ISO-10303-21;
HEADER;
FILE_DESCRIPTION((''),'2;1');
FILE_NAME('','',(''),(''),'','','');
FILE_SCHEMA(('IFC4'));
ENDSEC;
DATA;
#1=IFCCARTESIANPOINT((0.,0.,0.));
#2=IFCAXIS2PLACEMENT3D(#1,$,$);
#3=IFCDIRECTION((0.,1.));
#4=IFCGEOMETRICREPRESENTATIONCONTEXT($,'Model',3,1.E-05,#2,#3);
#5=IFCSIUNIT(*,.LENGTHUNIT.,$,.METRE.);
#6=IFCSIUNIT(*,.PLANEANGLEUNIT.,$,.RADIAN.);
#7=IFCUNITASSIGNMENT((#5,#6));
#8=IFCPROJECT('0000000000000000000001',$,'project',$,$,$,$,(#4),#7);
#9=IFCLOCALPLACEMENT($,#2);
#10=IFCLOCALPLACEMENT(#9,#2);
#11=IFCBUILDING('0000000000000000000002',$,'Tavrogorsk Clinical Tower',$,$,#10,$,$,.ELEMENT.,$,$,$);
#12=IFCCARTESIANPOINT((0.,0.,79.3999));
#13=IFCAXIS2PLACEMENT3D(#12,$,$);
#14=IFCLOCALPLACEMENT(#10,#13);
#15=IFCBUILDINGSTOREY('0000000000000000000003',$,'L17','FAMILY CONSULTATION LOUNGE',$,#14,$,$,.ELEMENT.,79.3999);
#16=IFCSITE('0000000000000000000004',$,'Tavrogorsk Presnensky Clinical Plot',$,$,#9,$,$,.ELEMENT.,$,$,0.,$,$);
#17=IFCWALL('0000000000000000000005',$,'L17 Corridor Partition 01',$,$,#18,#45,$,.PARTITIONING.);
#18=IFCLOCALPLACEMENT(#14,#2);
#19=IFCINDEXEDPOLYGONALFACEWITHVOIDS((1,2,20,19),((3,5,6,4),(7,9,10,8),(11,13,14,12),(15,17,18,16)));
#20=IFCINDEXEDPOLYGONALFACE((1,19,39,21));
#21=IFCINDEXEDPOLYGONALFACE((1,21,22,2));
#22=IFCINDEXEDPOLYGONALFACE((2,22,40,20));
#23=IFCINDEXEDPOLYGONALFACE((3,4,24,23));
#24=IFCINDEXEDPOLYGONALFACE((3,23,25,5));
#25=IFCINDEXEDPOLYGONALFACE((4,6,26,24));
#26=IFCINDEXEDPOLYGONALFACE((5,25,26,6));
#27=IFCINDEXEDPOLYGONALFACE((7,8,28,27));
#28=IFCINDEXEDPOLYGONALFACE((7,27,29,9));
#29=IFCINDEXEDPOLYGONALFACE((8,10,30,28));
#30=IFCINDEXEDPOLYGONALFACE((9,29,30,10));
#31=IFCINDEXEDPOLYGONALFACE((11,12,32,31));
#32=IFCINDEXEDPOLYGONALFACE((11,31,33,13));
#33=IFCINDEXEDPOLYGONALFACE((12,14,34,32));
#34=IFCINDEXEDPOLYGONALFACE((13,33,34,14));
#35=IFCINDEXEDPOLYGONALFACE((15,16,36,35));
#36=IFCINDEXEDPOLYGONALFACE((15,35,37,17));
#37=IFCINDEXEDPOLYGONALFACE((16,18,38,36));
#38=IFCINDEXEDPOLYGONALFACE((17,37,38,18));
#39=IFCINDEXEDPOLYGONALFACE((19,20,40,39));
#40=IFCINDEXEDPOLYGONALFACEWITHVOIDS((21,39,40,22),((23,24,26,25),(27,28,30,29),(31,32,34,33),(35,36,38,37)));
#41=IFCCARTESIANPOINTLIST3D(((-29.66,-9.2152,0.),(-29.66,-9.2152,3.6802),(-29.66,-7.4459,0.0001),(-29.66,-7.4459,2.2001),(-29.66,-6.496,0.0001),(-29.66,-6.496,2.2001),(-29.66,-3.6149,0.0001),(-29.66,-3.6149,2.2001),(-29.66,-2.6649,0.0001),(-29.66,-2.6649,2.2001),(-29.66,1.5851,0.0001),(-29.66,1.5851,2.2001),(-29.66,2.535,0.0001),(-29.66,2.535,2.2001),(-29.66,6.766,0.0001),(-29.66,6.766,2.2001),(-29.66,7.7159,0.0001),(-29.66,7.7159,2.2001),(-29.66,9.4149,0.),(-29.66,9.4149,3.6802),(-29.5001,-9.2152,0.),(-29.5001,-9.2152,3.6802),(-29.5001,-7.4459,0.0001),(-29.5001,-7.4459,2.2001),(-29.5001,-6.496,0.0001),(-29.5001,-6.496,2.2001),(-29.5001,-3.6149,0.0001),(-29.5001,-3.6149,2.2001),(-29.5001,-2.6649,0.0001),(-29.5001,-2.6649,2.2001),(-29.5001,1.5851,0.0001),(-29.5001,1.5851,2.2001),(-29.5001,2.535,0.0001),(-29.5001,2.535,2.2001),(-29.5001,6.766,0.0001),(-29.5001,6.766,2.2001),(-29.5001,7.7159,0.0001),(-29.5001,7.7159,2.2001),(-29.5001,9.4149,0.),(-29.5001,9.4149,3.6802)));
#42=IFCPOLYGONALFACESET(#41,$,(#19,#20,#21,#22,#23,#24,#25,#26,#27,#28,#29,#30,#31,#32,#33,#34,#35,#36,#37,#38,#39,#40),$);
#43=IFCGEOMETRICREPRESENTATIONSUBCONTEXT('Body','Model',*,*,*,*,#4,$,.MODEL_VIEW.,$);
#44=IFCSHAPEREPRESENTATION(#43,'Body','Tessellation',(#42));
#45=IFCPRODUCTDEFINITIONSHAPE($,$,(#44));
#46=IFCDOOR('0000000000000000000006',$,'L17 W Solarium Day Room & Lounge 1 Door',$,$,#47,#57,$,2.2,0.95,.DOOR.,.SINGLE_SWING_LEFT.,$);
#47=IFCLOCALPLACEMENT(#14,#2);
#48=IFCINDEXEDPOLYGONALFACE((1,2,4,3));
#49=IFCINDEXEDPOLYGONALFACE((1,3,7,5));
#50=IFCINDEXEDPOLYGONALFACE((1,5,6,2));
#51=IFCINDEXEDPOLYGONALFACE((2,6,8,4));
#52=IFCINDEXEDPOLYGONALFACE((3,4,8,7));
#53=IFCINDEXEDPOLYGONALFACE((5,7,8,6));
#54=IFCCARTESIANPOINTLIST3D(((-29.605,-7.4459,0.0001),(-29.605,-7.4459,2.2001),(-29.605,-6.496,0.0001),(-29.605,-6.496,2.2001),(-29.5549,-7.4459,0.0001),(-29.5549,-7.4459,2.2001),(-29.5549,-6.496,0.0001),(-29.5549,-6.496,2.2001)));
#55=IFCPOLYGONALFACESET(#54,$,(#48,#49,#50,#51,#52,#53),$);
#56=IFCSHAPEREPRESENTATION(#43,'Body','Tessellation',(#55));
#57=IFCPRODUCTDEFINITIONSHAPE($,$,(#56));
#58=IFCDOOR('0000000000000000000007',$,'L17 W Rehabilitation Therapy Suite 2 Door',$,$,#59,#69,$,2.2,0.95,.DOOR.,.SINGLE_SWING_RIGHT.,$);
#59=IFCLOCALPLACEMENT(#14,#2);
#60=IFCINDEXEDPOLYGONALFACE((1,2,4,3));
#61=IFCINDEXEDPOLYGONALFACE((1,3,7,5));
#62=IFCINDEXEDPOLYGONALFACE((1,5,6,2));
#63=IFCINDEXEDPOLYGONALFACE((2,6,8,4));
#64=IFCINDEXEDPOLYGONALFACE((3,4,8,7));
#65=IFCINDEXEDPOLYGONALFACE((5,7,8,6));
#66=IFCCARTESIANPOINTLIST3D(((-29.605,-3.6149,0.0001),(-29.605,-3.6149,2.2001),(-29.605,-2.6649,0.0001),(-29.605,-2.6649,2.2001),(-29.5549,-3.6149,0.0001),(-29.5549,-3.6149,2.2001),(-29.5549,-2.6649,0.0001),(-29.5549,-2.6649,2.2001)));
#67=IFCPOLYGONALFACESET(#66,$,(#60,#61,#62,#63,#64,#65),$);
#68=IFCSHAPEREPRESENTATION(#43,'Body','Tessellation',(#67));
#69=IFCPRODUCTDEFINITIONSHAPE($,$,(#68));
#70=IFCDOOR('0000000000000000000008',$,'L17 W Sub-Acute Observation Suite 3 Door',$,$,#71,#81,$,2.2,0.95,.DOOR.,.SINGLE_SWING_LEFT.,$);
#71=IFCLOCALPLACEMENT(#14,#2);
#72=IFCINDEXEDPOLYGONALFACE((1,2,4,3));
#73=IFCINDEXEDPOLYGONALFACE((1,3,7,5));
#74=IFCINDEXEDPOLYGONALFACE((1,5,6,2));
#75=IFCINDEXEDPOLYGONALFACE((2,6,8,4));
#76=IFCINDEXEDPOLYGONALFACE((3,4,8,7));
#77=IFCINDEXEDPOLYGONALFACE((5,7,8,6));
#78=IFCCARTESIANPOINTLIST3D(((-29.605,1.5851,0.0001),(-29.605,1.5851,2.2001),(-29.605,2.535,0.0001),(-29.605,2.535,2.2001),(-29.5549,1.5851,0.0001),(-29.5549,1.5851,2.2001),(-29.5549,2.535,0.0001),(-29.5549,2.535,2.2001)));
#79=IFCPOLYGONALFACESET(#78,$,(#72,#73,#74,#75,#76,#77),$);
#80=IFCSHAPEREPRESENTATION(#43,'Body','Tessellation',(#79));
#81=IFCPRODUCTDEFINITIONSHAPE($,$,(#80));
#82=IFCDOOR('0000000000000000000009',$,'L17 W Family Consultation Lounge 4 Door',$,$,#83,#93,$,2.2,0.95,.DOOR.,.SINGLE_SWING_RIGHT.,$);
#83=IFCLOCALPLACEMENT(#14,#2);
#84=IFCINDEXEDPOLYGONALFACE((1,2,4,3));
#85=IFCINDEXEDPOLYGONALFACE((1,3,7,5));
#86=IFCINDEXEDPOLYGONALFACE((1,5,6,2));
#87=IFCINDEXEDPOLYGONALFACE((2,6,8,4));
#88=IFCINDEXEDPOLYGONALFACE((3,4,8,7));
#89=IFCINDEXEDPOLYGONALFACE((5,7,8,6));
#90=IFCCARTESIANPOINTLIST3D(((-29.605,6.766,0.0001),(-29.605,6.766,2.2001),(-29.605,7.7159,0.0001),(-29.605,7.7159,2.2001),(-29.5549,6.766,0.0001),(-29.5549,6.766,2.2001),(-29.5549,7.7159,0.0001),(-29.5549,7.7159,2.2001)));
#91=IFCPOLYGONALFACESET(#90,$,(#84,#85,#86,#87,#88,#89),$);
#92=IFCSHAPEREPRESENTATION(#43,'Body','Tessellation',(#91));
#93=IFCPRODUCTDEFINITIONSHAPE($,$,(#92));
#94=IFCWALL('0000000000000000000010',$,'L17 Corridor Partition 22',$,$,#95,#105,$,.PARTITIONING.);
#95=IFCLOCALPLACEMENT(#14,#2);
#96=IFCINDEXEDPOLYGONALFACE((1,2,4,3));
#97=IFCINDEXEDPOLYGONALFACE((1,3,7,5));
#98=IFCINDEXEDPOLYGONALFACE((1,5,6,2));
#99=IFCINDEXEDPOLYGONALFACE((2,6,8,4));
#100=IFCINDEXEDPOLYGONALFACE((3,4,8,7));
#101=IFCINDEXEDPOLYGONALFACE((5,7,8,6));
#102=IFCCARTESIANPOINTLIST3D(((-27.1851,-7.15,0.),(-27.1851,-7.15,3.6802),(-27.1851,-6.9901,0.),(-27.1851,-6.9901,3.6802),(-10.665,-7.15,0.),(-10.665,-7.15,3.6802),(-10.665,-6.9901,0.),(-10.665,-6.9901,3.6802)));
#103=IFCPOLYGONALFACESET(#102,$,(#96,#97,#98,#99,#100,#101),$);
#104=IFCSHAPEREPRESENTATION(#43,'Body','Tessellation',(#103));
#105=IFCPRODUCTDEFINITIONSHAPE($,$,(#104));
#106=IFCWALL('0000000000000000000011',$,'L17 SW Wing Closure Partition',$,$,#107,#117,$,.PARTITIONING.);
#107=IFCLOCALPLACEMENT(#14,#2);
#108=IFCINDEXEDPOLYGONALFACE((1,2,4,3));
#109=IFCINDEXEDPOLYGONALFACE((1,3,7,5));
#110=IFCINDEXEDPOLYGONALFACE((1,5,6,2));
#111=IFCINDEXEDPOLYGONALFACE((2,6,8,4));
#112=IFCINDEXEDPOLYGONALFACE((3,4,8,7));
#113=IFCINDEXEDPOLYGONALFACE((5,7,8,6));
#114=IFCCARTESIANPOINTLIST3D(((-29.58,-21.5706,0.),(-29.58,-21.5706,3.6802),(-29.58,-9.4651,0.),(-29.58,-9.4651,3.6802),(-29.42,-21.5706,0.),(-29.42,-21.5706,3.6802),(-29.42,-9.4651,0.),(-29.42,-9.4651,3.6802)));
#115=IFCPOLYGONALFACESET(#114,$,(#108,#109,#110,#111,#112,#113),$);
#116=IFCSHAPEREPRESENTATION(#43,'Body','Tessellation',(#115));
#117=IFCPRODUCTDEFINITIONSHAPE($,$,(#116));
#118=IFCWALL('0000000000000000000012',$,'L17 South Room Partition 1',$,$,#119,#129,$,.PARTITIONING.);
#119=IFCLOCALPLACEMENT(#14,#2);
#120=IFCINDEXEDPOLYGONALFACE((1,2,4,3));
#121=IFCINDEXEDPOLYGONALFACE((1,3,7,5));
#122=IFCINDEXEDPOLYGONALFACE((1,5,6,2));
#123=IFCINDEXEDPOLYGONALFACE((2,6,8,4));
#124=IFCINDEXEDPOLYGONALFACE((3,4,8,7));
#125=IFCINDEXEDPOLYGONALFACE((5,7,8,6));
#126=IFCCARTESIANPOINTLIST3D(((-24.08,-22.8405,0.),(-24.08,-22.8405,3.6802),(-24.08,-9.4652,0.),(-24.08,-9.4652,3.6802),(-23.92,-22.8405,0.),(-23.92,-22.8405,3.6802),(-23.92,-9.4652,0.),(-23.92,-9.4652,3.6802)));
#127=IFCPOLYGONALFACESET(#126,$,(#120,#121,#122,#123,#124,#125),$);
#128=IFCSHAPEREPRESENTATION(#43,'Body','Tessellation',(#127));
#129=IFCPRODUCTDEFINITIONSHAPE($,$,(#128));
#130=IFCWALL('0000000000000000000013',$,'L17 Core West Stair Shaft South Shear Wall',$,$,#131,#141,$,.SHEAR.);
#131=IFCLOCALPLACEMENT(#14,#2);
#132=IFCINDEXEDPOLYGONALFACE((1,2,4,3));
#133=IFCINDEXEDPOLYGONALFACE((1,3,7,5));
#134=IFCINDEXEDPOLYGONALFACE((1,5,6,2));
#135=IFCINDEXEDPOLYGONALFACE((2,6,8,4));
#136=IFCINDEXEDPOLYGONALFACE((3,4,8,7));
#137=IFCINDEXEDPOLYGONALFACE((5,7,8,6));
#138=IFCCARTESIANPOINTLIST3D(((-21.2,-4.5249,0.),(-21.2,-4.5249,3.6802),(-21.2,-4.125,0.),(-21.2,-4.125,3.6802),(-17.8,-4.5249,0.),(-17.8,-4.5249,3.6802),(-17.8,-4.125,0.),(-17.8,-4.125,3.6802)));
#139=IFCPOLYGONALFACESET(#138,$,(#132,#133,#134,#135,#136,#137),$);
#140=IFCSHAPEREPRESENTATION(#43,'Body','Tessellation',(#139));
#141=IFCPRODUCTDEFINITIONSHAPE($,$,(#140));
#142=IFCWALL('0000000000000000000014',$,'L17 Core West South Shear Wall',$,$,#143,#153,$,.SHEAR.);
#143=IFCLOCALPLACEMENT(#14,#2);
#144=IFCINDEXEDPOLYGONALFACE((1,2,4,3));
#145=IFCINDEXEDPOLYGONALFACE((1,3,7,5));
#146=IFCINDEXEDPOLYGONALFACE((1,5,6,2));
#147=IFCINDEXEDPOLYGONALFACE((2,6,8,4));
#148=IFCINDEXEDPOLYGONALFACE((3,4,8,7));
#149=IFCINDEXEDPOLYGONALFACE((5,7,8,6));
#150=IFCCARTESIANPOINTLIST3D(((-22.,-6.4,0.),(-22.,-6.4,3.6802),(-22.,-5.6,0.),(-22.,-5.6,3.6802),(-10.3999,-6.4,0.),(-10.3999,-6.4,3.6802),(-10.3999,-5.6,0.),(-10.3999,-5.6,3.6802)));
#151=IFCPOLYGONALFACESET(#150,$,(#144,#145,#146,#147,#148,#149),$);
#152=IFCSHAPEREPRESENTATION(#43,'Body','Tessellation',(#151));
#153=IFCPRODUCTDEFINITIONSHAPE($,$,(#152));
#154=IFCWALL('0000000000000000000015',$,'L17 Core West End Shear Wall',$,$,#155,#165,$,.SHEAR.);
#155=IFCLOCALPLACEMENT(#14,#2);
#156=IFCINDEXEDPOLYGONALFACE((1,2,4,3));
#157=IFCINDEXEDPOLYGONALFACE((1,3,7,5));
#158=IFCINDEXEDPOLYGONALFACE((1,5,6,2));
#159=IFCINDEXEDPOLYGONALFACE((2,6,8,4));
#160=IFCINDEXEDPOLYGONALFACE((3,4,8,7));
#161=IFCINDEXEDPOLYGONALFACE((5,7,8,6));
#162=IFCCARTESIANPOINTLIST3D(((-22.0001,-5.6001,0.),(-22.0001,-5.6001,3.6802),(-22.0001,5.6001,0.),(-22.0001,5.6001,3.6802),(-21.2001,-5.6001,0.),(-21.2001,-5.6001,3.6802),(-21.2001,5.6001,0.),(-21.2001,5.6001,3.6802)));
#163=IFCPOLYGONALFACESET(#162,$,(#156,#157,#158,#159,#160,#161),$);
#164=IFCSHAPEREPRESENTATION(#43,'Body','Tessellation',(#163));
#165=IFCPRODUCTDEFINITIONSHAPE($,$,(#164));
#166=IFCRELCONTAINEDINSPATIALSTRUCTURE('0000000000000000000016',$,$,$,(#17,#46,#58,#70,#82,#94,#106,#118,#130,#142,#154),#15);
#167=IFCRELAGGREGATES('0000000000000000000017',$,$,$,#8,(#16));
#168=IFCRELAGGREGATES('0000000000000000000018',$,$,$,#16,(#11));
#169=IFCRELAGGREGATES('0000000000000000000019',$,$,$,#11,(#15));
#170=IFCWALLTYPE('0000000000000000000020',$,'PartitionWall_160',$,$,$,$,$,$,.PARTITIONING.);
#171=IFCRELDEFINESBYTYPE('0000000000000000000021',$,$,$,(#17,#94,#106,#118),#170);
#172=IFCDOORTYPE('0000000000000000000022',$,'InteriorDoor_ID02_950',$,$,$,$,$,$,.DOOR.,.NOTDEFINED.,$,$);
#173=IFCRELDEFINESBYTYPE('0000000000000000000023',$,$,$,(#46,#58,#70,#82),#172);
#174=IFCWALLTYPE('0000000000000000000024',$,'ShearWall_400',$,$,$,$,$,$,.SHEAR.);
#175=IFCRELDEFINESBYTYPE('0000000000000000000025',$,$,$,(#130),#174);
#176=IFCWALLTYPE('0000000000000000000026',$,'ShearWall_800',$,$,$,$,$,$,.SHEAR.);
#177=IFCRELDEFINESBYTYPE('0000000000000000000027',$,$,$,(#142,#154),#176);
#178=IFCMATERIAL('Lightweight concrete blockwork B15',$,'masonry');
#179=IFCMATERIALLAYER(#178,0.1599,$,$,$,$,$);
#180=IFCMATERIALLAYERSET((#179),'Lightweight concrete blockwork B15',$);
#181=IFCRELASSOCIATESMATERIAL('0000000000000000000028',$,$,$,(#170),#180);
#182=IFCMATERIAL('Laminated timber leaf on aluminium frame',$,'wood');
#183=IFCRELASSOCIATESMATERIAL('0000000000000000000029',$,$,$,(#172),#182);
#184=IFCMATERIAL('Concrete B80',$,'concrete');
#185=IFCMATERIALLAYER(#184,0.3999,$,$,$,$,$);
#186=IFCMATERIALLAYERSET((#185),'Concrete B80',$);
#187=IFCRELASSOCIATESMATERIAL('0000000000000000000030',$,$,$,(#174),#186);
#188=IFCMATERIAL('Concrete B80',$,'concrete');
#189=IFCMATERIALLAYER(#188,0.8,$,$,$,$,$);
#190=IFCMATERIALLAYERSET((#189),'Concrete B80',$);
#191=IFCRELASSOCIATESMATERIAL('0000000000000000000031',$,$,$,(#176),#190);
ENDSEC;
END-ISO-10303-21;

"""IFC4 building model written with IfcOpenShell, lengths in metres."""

from ifc_helpers import new_model, si_unit, direction, frame, frame_2d, origin, place, context, subcontext, project, spatial, rectangle, extrude, material, layer, layer_set, type_object, element, fill, save


model = new_model("IFC4")

# Units and contexts
model_context = context("Model", 3, precision=1e-05, world=origin(), true_north=direction((0.0, 1.0)))
body_context = subcontext(model_context, "Body", "Model", "MODEL_VIEW")
ifc_project = project(units=[si_unit("LENGTHUNIT", "METRE"), si_unit("PLANEANGLEUNIT", "RADIAN")], contexts=[model_context])

# Site, building, storey
site_placement = place(None, origin())
site = spatial("IfcSite", under=ifc_project, at=site_placement, Name="Tavrogorsk Presnensky Clinical Plot", CompositionType="ELEMENT", RefElevation=0.0)
building_placement = place(site_placement, origin())
building = spatial("IfcBuilding", under=site, at=building_placement, Name="Tavrogorsk Clinical Tower", CompositionType="ELEMENT")
storey_placement = place(building_placement, frame((0.0, 0.0, 79.3999)))
storey = spatial("IfcBuildingStorey", under=building, at=storey_placement, Name="L17", Description="FAMILY CONSULTATION LOUNGE", CompositionType="ELEMENT", Elevation=79.3999)

# Wall, openings, doors
ifc_material_1 = material(Name="Lightweight concrete blockwork B15", Category="masonry")
ifc_layer_1 = layer(ifc_material_1, 0.1599)
ifc_layer_set_1 = layer_set([ifc_layer_1], Name="Lightweight concrete blockwork B15")
wall_type_1 = type_object("IfcWallType", Name="PartitionWall_160", PredefinedType="PARTITIONING", material=ifc_layer_set_1)
wall_1_placement = place(storey_placement, frame((-29.5801, -9.2151, 0.0), z_axis=(0.0, 0.0, 1.0), x_axis=(0.0, 1.0, 0.0)))
wall_1 = element("IfcWall", 1, at=wall_1_placement, inside=storey, type_object=wall_type_1, Name="L17 Corridor Partition 01", PredefinedType="PARTITIONING", context=body_context, shape_type="SweptSolid", body=[
    extrude(rectangle(XDim=18.6301, YDim=0.1599, at=frame_2d((9.3149, 0.0))), origin(), (0.0, 0.0, 1.0), 3.6802),
])
opening_1_placement = place(wall_1_placement, frame((1.769, 0.0, 0.0)))
opening_1 = element("IfcOpeningElement", 2, at=opening_1_placement, cuts=wall_1, PredefinedType="OPENING", context=body_context, shape_type="SweptSolid", body=[
    extrude(rectangle(XDim=0.95, YDim=2.2, at=frame_2d((0.4751, 1.1001))), frame((0.0, 0.0898, 0.0), z_axis=(0.0, -1.0, 0.0), x_axis=(1.0, 0.0, 0.0)), (0.0, 0.0, 1.0), 0.1799),
])
opening_2_placement = place(wall_1_placement, frame((5.6001, 0.0, 0.0)))
opening_2 = element("IfcOpeningElement", 3, at=opening_2_placement, cuts=wall_1, PredefinedType="OPENING", context=body_context, shape_type="SweptSolid", body=[
    extrude(rectangle(XDim=0.95, YDim=2.2, at=frame_2d((0.4751, 1.1001))), frame((0.0, 0.0898, 0.0), z_axis=(0.0, -1.0, 0.0), x_axis=(1.0, 0.0, 0.0)), (0.0, 0.0, 1.0), 0.1799),
])
opening_3_placement = place(wall_1_placement, frame((10.8, 0.0, 0.0)))
opening_3 = element("IfcOpeningElement", 4, at=opening_3_placement, cuts=wall_1, PredefinedType="OPENING", context=body_context, shape_type="SweptSolid", body=[
    extrude(rectangle(XDim=0.95, YDim=2.2, at=frame_2d((0.4751, 1.1001))), frame((0.0, 0.0898, 0.0), z_axis=(0.0, -1.0, 0.0), x_axis=(1.0, 0.0, 0.0)), (0.0, 0.0, 1.0), 0.1799),
])
opening_4_placement = place(wall_1_placement, frame((15.981, 0.0, 0.0)))
opening_4 = element("IfcOpeningElement", 5, at=opening_4_placement, cuts=wall_1, PredefinedType="OPENING", context=body_context, shape_type="SweptSolid", body=[
    extrude(rectangle(XDim=0.95, YDim=2.2, at=frame_2d((0.4751, 1.1001))), frame((0.0, 0.0898, 0.0), z_axis=(0.0, -1.0, 0.0), x_axis=(1.0, 0.0, 0.0)), (0.0, 0.0, 1.0), 0.1799),
])
ifc_material_2 = material(Name="Laminated timber leaf on aluminium frame", Category="wood")
door_type = type_object("IfcDoorType", Name="InteriorDoor_ID02_950", OperationType="NOTDEFINED", PredefinedType="DOOR", material=ifc_material_2)
door_1_placement = place(opening_1_placement, origin())
door_1 = element("IfcDoor", 6, at=door_1_placement, inside=storey, type_object=door_type, Name="L17 W Solarium Day Room & Lounge 1 Door", OperationType="SINGLE_SWING_LEFT", OverallHeight=2.2, OverallWidth=0.95, PredefinedType="DOOR", context=body_context, shape_type="SweptSolid", body=[
    extrude(rectangle(XDim=0.95, YDim=2.2, at=frame_2d((0.4751, 1.1001))), frame((0.0, 0.0249, 0.0), z_axis=(0.0, -1.0, 0.0), x_axis=(1.0, 0.0, 0.0)), (0.0, 0.0, 1.0), 0.05),
])
fill(opening_1, door_1)
door_2_placement = place(opening_2_placement, origin())
door_2 = element("IfcDoor", 7, at=door_2_placement, inside=storey, type_object=door_type, Name="L17 W Rehabilitation Therapy Suite 2 Door", OperationType="SINGLE_SWING_RIGHT", OverallHeight=2.2, OverallWidth=0.95, PredefinedType="DOOR", context=body_context, shape_type="SweptSolid", body=[
    extrude(rectangle(XDim=0.95, YDim=2.2, at=frame_2d((0.4751, 1.1001))), frame((0.0, 0.0249, 0.0), z_axis=(0.0, -1.0, 0.0), x_axis=(1.0, 0.0, 0.0)), (0.0, 0.0, 1.0), 0.05),
])
fill(opening_2, door_2)
door_3_placement = place(opening_3_placement, origin())
door_3 = element("IfcDoor", 8, at=door_3_placement, inside=storey, type_object=door_type, Name="L17 W Sub-Acute Observation Suite 3 Door", OperationType="SINGLE_SWING_LEFT", OverallHeight=2.2, OverallWidth=0.95, PredefinedType="DOOR", context=body_context, shape_type="SweptSolid", body=[
    extrude(rectangle(XDim=0.95, YDim=2.2, at=frame_2d((0.4751, 1.1001))), frame((0.0, 0.0249, 0.0), z_axis=(0.0, -1.0, 0.0), x_axis=(1.0, 0.0, 0.0)), (0.0, 0.0, 1.0), 0.05),
])
fill(opening_3, door_3)
door_4_placement = place(opening_4_placement, origin())
door_4 = element("IfcDoor", 9, at=door_4_placement, inside=storey, type_object=door_type, Name="L17 W Family Consultation Lounge 4 Door", OperationType="SINGLE_SWING_RIGHT", OverallHeight=2.2, OverallWidth=0.95, PredefinedType="DOOR", context=body_context, shape_type="SweptSolid", body=[
    extrude(rectangle(XDim=0.95, YDim=2.2, at=frame_2d((0.4751, 1.1001))), frame((0.0, 0.0249, 0.0), z_axis=(0.0, -1.0, 0.0), x_axis=(1.0, 0.0, 0.0)), (0.0, 0.0, 1.0), 0.05),
])
fill(opening_4, door_4)

# Walls
wall_2_placement = place(storey_placement, frame((-27.1851, -7.0701, 0.0), z_axis=(0.0, 0.0, 1.0), x_axis=(1.0, 0.0, 0.0)))
element("IfcWall", 10, at=wall_2_placement, inside=storey, type_object=wall_type_1, Name="L17 Corridor Partition 22", PredefinedType="PARTITIONING", context=body_context, shape_type="SweptSolid", body=[
    extrude(rectangle(XDim=16.52, YDim=0.1599, at=frame_2d((8.26, 0.0))), origin(), (0.0, 0.0, 1.0), 3.6802),
])
wall_3_placement = place(storey_placement, frame((-29.5, -21.5706, 0.0), z_axis=(0.0, 0.0, 1.0), x_axis=(0.0, 1.0, 0.0)))
element("IfcWall", 11, at=wall_3_placement, inside=storey, type_object=wall_type_1, Name="L17 SW Wing Closure Partition", PredefinedType="PARTITIONING", context=body_context, shape_type="SweptSolid", body=[
    extrude(rectangle(XDim=12.1055, YDim=0.1599, at=frame_2d((6.0527, 0.0))), origin(), (0.0, 0.0, 1.0), 3.6802),
])
wall_4_placement = place(storey_placement, frame((-24.0, -22.8403, 0.0), z_axis=(0.0, 0.0, 1.0), x_axis=(0.0, 1.0, 0.0)))
element("IfcWall", 12, at=wall_4_placement, inside=storey, type_object=wall_type_1, Name="L17 South Room Partition 1", PredefinedType="PARTITIONING", context=body_context, shape_type="SweptSolid", body=[
    extrude(rectangle(XDim=13.3752, YDim=0.1599, at=frame_2d((6.6875, 0.0))), origin(), (0.0, 0.0, 1.0), 3.6802),
])
ifc_material_3 = material(Name="Concrete B80", Category="concrete")
ifc_layer_2 = layer(ifc_material_3, 0.3999)
ifc_layer_set_2 = layer_set([ifc_layer_2], Name="Concrete B80")
wall_type_2 = type_object("IfcWallType", Name="ShearWall_400", PredefinedType="SHEAR", material=ifc_layer_set_2)
wall_5_placement = place(storey_placement, frame((-21.2, -4.325, 0.0), z_axis=(0.0, 0.0, 1.0), x_axis=(1.0, 0.0, 0.0)))
element("IfcWall", 13, at=wall_5_placement, inside=storey, type_object=wall_type_2, Name="L17 Core West Stair Shaft South Shear Wall", PredefinedType="SHEAR", context=body_context, shape_type="SweptSolid", body=[
    extrude(rectangle(XDim=3.3999, YDim=0.3999, at=frame_2d((1.7, 0.0))), origin(), (0.0, 0.0, 1.0), 3.6802),
])
ifc_material_4 = material(Name="Concrete B80", Category="concrete")
ifc_layer_3 = layer(ifc_material_4, 0.8)
ifc_layer_set_3 = layer_set([ifc_layer_3], Name="Concrete B80")
wall_type_3 = type_object("IfcWallType", Name="ShearWall_800", PredefinedType="SHEAR", material=ifc_layer_set_3)
wall_6_placement = place(storey_placement, frame((-22.0, -6.0, 0.0), z_axis=(0.0, 0.0, 1.0), x_axis=(1.0, 0.0, 0.0)))
element("IfcWall", 14, at=wall_6_placement, inside=storey, type_object=wall_type_3, Name="L17 Core West South Shear Wall", PredefinedType="SHEAR", context=body_context, shape_type="SweptSolid", body=[
    extrude(rectangle(XDim=11.6001, YDim=0.8, at=frame_2d((5.8, 0.0))), origin(), (0.0, 0.0, 1.0), 3.6802),
])
wall_7_placement = place(storey_placement, frame((-21.6001, -5.6001, 0.0), z_axis=(0.0, 0.0, 1.0), x_axis=(0.0, 1.0, 0.0)))
element("IfcWall", 15, at=wall_7_placement, inside=storey, type_object=wall_type_3, Name="L17 Core West End Shear Wall", PredefinedType="SHEAR", context=body_context, shape_type="SweptSolid", body=[
    extrude(rectangle(XDim=11.2002, YDim=0.8, at=frame_2d((5.6001, 0.0))), origin(), (0.0, 0.0, 1.0), 3.6802),
])

save(model, "model.ifc")
